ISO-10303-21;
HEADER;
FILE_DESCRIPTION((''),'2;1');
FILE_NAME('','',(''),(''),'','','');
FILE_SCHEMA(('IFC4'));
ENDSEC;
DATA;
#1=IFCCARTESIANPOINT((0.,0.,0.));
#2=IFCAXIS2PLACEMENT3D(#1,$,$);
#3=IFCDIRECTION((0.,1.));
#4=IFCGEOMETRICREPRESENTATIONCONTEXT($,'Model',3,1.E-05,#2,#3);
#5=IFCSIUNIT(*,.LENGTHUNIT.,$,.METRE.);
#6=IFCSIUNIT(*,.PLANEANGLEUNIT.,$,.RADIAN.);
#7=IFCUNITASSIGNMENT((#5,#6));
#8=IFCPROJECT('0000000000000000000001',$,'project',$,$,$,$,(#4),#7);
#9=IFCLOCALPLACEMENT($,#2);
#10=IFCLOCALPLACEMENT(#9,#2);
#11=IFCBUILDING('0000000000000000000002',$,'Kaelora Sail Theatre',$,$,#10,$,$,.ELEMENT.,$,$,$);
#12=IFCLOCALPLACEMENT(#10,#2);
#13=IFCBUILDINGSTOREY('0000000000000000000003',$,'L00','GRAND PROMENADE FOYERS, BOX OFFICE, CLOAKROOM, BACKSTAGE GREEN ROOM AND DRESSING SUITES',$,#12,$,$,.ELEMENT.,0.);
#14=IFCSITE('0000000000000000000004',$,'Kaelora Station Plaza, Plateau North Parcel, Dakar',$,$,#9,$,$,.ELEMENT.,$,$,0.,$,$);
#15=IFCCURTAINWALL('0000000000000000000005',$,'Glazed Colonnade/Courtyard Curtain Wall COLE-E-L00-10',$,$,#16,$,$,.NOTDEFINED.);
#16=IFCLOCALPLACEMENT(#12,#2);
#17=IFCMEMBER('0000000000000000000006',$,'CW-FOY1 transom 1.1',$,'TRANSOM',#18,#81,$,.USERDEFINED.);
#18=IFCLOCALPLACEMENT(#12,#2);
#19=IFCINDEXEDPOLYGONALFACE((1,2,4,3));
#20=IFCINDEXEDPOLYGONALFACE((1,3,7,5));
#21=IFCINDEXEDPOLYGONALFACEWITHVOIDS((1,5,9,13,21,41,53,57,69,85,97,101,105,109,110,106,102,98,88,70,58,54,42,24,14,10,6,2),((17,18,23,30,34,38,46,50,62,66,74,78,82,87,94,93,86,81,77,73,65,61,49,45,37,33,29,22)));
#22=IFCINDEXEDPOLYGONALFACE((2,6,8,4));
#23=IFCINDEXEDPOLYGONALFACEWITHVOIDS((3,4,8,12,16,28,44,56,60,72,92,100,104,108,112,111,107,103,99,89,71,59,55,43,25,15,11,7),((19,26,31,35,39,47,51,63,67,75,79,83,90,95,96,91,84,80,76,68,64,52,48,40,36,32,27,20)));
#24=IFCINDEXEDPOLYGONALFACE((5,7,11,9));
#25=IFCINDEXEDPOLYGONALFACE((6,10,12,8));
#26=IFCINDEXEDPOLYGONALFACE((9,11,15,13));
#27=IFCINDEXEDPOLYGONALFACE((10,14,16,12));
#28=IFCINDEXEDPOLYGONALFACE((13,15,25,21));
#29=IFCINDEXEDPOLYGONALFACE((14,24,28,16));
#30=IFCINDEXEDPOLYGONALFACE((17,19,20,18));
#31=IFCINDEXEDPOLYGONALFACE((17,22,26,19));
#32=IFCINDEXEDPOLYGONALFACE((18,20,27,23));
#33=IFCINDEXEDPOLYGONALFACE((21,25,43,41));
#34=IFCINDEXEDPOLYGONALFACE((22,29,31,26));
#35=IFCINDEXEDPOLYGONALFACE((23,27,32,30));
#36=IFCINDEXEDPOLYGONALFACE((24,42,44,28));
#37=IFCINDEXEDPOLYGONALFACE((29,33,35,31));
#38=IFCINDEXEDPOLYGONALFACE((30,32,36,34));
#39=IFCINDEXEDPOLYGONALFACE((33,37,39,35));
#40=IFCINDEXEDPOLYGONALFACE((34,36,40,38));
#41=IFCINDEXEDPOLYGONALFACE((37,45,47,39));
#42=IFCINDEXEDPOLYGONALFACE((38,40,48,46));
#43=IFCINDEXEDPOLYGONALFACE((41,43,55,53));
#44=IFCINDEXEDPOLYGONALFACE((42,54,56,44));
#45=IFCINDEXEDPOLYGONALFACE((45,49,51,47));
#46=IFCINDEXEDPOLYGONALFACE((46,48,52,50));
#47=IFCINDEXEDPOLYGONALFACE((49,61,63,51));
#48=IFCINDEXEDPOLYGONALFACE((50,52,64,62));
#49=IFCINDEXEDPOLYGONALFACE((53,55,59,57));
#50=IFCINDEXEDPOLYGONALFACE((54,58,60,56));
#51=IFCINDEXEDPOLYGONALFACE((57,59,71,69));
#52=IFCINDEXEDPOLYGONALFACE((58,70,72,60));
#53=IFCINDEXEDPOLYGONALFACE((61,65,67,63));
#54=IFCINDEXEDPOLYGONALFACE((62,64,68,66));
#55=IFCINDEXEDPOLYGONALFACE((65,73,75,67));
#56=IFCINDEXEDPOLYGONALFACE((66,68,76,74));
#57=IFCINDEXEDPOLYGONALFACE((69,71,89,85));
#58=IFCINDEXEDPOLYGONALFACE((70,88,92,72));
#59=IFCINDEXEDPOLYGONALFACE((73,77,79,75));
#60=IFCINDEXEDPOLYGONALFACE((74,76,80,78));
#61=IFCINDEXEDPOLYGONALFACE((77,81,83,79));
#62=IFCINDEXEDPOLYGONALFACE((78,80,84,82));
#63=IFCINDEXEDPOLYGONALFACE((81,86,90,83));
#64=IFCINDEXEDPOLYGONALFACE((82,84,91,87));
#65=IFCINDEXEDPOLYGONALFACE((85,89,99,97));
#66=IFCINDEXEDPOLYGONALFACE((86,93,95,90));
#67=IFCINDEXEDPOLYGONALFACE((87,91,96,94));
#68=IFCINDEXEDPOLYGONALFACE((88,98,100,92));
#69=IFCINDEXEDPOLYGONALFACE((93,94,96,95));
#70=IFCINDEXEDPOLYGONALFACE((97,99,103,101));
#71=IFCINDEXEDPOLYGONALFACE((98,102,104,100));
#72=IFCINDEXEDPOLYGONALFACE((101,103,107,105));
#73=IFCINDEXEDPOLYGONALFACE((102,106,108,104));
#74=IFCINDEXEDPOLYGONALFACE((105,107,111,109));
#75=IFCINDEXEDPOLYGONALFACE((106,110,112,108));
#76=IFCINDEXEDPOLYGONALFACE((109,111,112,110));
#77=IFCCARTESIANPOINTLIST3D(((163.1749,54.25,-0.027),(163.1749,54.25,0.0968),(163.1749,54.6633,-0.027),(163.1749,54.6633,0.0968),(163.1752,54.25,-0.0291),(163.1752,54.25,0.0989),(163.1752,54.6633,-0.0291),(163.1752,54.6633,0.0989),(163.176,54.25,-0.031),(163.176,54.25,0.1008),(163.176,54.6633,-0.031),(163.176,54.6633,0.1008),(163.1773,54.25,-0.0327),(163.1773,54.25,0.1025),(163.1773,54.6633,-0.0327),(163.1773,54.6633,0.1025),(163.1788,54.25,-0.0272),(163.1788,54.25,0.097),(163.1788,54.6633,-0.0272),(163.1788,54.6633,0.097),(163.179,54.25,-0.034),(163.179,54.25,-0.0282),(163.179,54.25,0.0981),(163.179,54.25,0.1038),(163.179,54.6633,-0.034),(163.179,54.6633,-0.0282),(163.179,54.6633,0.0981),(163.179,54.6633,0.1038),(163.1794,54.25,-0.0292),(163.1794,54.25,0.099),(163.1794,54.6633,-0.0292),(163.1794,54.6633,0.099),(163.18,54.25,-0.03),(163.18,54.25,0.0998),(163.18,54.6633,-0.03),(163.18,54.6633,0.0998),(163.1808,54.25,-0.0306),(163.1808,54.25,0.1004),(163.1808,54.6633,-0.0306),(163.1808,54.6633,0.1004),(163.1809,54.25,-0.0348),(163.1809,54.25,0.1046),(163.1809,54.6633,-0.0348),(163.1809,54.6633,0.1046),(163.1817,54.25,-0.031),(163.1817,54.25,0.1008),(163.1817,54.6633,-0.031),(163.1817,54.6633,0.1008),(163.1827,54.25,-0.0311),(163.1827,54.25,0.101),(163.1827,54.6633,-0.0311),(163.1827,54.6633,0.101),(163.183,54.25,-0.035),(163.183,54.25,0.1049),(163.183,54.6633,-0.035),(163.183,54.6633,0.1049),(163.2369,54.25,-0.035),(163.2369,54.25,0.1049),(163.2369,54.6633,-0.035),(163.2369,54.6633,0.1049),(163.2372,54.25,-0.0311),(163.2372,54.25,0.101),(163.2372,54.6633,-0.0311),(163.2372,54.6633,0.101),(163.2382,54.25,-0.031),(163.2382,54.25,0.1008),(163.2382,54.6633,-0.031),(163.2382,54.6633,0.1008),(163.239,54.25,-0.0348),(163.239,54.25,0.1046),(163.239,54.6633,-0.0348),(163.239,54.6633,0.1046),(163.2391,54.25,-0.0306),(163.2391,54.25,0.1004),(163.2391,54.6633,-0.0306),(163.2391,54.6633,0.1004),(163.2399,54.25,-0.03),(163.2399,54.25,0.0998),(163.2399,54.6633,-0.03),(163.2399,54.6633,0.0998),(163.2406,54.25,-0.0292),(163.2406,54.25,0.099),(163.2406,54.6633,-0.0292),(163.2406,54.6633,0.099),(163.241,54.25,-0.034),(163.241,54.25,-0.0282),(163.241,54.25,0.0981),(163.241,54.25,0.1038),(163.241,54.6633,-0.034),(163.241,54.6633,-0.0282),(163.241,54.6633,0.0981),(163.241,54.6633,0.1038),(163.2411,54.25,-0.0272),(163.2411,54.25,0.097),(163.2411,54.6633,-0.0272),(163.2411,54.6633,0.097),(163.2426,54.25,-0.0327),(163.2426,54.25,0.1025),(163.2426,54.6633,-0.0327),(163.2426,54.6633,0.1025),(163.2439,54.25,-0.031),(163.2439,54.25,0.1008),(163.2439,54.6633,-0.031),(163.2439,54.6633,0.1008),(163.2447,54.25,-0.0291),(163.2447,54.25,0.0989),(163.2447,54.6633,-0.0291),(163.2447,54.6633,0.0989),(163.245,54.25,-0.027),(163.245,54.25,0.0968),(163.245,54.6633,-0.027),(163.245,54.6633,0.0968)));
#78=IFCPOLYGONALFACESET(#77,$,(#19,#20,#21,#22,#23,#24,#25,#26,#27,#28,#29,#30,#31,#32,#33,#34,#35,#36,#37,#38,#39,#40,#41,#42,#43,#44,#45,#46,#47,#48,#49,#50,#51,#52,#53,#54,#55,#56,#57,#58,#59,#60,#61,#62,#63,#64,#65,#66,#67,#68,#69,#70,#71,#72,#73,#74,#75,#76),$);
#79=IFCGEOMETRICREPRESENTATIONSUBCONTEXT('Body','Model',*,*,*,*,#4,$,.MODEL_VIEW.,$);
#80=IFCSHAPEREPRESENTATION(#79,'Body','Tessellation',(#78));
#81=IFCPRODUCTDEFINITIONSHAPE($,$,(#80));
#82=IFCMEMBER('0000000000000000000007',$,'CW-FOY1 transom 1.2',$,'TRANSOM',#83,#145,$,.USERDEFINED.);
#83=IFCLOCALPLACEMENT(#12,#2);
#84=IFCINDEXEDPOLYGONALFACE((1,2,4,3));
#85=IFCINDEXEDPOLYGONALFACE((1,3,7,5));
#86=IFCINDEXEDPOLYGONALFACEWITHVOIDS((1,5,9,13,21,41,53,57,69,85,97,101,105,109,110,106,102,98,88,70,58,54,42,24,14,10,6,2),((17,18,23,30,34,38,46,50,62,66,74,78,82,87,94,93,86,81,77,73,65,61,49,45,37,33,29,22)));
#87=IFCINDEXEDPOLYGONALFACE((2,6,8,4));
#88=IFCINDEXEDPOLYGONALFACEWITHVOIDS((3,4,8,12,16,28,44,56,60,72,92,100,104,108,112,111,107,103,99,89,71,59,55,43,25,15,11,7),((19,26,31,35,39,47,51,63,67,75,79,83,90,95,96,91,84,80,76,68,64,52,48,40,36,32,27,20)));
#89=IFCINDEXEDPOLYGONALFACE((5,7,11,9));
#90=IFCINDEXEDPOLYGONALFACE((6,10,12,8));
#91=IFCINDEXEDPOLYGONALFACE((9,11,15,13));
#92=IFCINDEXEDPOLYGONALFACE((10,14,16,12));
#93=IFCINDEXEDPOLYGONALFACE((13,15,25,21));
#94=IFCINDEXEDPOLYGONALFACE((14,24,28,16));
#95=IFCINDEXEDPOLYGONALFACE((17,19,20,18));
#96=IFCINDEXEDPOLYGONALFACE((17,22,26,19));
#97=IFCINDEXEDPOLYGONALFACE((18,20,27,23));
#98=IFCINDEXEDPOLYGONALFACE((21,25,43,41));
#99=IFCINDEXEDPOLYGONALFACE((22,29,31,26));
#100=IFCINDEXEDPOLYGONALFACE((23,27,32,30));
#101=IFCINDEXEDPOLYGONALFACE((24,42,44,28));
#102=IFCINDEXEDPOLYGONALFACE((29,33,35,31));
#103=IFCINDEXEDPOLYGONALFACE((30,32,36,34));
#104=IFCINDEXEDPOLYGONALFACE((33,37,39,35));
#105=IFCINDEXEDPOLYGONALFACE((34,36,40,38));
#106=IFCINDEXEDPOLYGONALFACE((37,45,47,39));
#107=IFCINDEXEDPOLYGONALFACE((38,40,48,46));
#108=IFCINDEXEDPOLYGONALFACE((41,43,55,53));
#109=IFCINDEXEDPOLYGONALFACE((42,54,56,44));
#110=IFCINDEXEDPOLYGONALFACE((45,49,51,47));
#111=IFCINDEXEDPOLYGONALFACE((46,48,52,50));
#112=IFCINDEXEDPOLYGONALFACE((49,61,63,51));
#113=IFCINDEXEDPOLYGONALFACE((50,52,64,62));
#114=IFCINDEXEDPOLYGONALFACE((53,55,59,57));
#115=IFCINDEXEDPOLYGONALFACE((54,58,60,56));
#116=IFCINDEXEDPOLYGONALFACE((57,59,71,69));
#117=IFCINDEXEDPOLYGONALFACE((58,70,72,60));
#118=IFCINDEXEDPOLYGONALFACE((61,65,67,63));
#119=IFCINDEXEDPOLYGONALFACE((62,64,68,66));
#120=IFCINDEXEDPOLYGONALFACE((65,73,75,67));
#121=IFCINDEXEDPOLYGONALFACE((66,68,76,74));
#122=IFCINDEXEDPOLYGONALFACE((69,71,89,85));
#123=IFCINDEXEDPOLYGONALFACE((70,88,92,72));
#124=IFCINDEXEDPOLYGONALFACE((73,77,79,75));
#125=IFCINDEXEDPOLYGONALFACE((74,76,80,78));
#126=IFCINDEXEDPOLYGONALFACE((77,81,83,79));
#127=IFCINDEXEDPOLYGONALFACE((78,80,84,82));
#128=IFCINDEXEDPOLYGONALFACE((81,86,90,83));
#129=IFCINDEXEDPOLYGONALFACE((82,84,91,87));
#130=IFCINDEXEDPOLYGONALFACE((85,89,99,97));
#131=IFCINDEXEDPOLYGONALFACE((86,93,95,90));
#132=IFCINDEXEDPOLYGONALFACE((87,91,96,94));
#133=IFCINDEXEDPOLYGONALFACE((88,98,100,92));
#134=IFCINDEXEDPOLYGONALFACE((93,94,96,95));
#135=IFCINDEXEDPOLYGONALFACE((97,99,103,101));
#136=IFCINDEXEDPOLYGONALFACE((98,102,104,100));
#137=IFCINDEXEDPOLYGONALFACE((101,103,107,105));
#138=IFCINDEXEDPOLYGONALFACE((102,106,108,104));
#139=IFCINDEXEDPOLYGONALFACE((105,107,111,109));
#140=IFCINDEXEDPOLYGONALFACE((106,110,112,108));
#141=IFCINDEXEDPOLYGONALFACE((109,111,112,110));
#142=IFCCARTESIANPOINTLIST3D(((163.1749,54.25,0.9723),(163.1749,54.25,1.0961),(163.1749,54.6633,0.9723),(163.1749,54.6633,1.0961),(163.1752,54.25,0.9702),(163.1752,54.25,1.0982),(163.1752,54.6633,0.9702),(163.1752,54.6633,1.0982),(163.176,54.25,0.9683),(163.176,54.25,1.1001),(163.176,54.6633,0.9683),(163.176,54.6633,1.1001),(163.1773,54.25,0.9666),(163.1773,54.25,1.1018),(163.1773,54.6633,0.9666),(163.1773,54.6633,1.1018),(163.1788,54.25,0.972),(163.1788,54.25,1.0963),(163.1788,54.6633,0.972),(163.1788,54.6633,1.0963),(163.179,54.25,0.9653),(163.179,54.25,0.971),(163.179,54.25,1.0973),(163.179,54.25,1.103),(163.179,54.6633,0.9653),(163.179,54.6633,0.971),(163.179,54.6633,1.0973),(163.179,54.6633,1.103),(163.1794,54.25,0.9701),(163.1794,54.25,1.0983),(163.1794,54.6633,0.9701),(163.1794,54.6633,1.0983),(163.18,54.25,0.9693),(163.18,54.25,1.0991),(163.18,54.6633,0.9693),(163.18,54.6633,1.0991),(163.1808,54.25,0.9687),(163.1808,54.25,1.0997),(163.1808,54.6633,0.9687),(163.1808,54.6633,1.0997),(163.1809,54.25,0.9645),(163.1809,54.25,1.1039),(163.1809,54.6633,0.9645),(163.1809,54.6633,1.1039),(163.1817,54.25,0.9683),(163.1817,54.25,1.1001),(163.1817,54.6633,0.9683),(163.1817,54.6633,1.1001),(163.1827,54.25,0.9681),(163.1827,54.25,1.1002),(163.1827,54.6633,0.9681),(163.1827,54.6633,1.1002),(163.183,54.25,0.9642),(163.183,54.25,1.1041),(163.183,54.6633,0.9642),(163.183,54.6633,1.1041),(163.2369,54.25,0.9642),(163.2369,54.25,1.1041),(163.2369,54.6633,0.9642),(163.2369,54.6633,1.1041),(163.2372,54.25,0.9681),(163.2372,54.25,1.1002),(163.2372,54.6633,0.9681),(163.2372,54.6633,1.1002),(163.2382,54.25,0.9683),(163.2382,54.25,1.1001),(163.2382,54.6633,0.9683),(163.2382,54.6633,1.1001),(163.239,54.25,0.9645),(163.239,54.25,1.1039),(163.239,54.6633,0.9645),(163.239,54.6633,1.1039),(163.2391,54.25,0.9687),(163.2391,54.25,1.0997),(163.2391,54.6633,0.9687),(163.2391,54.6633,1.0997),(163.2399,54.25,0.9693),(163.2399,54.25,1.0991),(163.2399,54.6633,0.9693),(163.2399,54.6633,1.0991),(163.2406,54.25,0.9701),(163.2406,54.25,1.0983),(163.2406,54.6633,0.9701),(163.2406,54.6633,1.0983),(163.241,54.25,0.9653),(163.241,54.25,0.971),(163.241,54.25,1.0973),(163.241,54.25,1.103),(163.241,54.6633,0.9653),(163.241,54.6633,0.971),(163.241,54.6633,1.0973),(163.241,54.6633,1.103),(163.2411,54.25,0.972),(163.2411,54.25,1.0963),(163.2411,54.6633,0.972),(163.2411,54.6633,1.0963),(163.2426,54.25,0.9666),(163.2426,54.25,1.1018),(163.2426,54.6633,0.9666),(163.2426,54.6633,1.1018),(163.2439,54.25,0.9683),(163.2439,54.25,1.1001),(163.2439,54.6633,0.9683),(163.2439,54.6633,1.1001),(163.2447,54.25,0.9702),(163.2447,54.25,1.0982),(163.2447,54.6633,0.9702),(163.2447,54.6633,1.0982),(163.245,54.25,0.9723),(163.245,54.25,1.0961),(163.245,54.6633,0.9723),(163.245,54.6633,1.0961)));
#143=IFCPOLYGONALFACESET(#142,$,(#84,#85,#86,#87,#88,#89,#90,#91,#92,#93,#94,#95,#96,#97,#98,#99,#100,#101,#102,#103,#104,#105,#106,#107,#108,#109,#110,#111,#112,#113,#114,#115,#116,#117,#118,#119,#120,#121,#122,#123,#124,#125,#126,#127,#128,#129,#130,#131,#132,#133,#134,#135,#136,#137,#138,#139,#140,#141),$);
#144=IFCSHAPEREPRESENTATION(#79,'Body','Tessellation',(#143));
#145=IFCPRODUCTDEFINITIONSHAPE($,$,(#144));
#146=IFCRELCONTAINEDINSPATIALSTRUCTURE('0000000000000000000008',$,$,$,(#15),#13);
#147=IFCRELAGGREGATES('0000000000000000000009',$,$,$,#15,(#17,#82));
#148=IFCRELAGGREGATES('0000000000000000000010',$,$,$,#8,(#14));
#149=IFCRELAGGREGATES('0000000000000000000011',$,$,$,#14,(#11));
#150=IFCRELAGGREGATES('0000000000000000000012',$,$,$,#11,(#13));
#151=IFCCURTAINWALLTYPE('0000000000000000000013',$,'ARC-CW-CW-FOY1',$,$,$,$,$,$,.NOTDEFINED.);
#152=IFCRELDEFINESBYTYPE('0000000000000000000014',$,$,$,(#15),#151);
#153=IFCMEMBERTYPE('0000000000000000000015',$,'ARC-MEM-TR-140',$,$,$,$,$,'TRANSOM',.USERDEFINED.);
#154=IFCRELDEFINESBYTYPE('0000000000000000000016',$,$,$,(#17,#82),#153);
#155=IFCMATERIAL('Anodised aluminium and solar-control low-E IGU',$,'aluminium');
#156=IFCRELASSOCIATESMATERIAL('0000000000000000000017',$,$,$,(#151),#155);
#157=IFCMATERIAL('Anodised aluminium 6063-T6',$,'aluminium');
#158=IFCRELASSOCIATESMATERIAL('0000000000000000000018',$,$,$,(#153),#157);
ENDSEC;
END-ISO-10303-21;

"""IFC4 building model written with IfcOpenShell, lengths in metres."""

from ifc_helpers import new_model, si_unit, direction, frame, origin, origin_2d, place, context, subcontext, project, spatial, hollow_rectangle, extrude, material, material_profile, profile_set, type_object, element, aggregate, save


model = new_model("IFC4")

# Units and contexts
model_context = context("Model", 3, precision=1e-05, world=origin(), true_north=direction((0.0, 1.0)))
body_context = subcontext(model_context, "Body", "Model", "MODEL_VIEW")
ifc_project = project(units=[si_unit("LENGTHUNIT", "METRE"), si_unit("PLANEANGLEUNIT", "RADIAN")], contexts=[model_context])

# Site, building, storey
site_placement = place(None, origin())
site = spatial("IfcSite", under=ifc_project, at=site_placement, Name="Kaelora Station Plaza, Plateau North Parcel, Dakar", CompositionType="ELEMENT", RefElevation=0.0)
building_placement = place(site_placement, origin())
building = spatial("IfcBuilding", under=site, at=building_placement, Name="Kaelora Sail Theatre", CompositionType="ELEMENT")
storey_placement = place(building_placement, origin())
storey = spatial("IfcBuildingStorey", under=building, at=storey_placement, Name="L00", Description="GRAND PROMENADE FOYERS, BOX OFFICE, CLOAKROOM, BACKSTAGE GREEN ROOM AND DRESSING SUITES", CompositionType="ELEMENT", Elevation=0.0)

# Curtain wall, members
ifc_material_1 = material(Name="Anodised aluminium and solar-control low-E IGU", Category="aluminium")
curtain_wall_type = type_object("IfcCurtainWallType", Name="ARC-CW-CW-FOY1", PredefinedType="NOTDEFINED", material=ifc_material_1)
curtain_wall_placement = place(storey_placement, origin())
curtain_wall = element("IfcCurtainWall", 1, at=curtain_wall_placement, inside=storey, type_object=curtain_wall_type, Name="Glazed Colonnade/Courtyard Curtain Wall COLE-E-L00-10", PredefinedType="NOTDEFINED")
ifc_material_2 = material(Name="Anodised aluminium 6063-T6", Category="aluminium")
ifc_material_profile_1 = material_profile(ifc_material_2, hollow_rectangle(XDim=0.0701, YDim=0.1399, WallThickness=0.0039, InnerFilletRadius=0.0039, OuterFilletRadius=0.0081, at=origin_2d()), Name="ALU-TRAN 70x140x4")
ifc_profile_set_1 = profile_set([ifc_material_profile_1], Name="Anodised aluminium 6063-T6")
member_type_1 = type_object("IfcMemberType", Name="ARC-MEM-TR-140", ElementType="TRANSOM", PredefinedType="USERDEFINED", material=ifc_profile_set_1)
member_1_placement = place(storey_placement, frame((163.21, 54.25, 0.0349), z_axis=(0.0, 1.0, 0.0), x_axis=(-1.0, 0.0, 0.0)))
member_1 = element("IfcMember", 2, at=member_1_placement, type_object=member_type_1, Name="CW-FOY1 transom 1.1", ObjectType="TRANSOM", PredefinedType="USERDEFINED", context=body_context, shape_type="SweptSolid", body=[
    extrude(hollow_rectangle(XDim=0.0701, YDim=0.1399, WallThickness=0.0039, InnerFilletRadius=0.0039, OuterFilletRadius=0.0081, at=origin_2d()), origin(), (0.0, 0.0, 1.0), 0.4133),
])
member_2_placement = place(storey_placement, frame((163.21, 54.25, 1.0342), z_axis=(0.0, 1.0, 0.0), x_axis=(-1.0, 0.0, 0.0)))
member_2 = element("IfcMember", 3, at=member_2_placement, type_object=member_type_1, Name="CW-FOY1 transom 1.2", ObjectType="TRANSOM", PredefinedType="USERDEFINED", context=body_context, shape_type="SweptSolid", body=[
    extrude(hollow_rectangle(XDim=0.0701, YDim=0.1399, WallThickness=0.0039, InnerFilletRadius=0.0039, OuterFilletRadius=0.0081, at=origin_2d()), origin(), (0.0, 0.0, 1.0), 0.4133),
])

aggregate(curtain_wall, [member_1, member_2])

save(model, "model.ifc")
